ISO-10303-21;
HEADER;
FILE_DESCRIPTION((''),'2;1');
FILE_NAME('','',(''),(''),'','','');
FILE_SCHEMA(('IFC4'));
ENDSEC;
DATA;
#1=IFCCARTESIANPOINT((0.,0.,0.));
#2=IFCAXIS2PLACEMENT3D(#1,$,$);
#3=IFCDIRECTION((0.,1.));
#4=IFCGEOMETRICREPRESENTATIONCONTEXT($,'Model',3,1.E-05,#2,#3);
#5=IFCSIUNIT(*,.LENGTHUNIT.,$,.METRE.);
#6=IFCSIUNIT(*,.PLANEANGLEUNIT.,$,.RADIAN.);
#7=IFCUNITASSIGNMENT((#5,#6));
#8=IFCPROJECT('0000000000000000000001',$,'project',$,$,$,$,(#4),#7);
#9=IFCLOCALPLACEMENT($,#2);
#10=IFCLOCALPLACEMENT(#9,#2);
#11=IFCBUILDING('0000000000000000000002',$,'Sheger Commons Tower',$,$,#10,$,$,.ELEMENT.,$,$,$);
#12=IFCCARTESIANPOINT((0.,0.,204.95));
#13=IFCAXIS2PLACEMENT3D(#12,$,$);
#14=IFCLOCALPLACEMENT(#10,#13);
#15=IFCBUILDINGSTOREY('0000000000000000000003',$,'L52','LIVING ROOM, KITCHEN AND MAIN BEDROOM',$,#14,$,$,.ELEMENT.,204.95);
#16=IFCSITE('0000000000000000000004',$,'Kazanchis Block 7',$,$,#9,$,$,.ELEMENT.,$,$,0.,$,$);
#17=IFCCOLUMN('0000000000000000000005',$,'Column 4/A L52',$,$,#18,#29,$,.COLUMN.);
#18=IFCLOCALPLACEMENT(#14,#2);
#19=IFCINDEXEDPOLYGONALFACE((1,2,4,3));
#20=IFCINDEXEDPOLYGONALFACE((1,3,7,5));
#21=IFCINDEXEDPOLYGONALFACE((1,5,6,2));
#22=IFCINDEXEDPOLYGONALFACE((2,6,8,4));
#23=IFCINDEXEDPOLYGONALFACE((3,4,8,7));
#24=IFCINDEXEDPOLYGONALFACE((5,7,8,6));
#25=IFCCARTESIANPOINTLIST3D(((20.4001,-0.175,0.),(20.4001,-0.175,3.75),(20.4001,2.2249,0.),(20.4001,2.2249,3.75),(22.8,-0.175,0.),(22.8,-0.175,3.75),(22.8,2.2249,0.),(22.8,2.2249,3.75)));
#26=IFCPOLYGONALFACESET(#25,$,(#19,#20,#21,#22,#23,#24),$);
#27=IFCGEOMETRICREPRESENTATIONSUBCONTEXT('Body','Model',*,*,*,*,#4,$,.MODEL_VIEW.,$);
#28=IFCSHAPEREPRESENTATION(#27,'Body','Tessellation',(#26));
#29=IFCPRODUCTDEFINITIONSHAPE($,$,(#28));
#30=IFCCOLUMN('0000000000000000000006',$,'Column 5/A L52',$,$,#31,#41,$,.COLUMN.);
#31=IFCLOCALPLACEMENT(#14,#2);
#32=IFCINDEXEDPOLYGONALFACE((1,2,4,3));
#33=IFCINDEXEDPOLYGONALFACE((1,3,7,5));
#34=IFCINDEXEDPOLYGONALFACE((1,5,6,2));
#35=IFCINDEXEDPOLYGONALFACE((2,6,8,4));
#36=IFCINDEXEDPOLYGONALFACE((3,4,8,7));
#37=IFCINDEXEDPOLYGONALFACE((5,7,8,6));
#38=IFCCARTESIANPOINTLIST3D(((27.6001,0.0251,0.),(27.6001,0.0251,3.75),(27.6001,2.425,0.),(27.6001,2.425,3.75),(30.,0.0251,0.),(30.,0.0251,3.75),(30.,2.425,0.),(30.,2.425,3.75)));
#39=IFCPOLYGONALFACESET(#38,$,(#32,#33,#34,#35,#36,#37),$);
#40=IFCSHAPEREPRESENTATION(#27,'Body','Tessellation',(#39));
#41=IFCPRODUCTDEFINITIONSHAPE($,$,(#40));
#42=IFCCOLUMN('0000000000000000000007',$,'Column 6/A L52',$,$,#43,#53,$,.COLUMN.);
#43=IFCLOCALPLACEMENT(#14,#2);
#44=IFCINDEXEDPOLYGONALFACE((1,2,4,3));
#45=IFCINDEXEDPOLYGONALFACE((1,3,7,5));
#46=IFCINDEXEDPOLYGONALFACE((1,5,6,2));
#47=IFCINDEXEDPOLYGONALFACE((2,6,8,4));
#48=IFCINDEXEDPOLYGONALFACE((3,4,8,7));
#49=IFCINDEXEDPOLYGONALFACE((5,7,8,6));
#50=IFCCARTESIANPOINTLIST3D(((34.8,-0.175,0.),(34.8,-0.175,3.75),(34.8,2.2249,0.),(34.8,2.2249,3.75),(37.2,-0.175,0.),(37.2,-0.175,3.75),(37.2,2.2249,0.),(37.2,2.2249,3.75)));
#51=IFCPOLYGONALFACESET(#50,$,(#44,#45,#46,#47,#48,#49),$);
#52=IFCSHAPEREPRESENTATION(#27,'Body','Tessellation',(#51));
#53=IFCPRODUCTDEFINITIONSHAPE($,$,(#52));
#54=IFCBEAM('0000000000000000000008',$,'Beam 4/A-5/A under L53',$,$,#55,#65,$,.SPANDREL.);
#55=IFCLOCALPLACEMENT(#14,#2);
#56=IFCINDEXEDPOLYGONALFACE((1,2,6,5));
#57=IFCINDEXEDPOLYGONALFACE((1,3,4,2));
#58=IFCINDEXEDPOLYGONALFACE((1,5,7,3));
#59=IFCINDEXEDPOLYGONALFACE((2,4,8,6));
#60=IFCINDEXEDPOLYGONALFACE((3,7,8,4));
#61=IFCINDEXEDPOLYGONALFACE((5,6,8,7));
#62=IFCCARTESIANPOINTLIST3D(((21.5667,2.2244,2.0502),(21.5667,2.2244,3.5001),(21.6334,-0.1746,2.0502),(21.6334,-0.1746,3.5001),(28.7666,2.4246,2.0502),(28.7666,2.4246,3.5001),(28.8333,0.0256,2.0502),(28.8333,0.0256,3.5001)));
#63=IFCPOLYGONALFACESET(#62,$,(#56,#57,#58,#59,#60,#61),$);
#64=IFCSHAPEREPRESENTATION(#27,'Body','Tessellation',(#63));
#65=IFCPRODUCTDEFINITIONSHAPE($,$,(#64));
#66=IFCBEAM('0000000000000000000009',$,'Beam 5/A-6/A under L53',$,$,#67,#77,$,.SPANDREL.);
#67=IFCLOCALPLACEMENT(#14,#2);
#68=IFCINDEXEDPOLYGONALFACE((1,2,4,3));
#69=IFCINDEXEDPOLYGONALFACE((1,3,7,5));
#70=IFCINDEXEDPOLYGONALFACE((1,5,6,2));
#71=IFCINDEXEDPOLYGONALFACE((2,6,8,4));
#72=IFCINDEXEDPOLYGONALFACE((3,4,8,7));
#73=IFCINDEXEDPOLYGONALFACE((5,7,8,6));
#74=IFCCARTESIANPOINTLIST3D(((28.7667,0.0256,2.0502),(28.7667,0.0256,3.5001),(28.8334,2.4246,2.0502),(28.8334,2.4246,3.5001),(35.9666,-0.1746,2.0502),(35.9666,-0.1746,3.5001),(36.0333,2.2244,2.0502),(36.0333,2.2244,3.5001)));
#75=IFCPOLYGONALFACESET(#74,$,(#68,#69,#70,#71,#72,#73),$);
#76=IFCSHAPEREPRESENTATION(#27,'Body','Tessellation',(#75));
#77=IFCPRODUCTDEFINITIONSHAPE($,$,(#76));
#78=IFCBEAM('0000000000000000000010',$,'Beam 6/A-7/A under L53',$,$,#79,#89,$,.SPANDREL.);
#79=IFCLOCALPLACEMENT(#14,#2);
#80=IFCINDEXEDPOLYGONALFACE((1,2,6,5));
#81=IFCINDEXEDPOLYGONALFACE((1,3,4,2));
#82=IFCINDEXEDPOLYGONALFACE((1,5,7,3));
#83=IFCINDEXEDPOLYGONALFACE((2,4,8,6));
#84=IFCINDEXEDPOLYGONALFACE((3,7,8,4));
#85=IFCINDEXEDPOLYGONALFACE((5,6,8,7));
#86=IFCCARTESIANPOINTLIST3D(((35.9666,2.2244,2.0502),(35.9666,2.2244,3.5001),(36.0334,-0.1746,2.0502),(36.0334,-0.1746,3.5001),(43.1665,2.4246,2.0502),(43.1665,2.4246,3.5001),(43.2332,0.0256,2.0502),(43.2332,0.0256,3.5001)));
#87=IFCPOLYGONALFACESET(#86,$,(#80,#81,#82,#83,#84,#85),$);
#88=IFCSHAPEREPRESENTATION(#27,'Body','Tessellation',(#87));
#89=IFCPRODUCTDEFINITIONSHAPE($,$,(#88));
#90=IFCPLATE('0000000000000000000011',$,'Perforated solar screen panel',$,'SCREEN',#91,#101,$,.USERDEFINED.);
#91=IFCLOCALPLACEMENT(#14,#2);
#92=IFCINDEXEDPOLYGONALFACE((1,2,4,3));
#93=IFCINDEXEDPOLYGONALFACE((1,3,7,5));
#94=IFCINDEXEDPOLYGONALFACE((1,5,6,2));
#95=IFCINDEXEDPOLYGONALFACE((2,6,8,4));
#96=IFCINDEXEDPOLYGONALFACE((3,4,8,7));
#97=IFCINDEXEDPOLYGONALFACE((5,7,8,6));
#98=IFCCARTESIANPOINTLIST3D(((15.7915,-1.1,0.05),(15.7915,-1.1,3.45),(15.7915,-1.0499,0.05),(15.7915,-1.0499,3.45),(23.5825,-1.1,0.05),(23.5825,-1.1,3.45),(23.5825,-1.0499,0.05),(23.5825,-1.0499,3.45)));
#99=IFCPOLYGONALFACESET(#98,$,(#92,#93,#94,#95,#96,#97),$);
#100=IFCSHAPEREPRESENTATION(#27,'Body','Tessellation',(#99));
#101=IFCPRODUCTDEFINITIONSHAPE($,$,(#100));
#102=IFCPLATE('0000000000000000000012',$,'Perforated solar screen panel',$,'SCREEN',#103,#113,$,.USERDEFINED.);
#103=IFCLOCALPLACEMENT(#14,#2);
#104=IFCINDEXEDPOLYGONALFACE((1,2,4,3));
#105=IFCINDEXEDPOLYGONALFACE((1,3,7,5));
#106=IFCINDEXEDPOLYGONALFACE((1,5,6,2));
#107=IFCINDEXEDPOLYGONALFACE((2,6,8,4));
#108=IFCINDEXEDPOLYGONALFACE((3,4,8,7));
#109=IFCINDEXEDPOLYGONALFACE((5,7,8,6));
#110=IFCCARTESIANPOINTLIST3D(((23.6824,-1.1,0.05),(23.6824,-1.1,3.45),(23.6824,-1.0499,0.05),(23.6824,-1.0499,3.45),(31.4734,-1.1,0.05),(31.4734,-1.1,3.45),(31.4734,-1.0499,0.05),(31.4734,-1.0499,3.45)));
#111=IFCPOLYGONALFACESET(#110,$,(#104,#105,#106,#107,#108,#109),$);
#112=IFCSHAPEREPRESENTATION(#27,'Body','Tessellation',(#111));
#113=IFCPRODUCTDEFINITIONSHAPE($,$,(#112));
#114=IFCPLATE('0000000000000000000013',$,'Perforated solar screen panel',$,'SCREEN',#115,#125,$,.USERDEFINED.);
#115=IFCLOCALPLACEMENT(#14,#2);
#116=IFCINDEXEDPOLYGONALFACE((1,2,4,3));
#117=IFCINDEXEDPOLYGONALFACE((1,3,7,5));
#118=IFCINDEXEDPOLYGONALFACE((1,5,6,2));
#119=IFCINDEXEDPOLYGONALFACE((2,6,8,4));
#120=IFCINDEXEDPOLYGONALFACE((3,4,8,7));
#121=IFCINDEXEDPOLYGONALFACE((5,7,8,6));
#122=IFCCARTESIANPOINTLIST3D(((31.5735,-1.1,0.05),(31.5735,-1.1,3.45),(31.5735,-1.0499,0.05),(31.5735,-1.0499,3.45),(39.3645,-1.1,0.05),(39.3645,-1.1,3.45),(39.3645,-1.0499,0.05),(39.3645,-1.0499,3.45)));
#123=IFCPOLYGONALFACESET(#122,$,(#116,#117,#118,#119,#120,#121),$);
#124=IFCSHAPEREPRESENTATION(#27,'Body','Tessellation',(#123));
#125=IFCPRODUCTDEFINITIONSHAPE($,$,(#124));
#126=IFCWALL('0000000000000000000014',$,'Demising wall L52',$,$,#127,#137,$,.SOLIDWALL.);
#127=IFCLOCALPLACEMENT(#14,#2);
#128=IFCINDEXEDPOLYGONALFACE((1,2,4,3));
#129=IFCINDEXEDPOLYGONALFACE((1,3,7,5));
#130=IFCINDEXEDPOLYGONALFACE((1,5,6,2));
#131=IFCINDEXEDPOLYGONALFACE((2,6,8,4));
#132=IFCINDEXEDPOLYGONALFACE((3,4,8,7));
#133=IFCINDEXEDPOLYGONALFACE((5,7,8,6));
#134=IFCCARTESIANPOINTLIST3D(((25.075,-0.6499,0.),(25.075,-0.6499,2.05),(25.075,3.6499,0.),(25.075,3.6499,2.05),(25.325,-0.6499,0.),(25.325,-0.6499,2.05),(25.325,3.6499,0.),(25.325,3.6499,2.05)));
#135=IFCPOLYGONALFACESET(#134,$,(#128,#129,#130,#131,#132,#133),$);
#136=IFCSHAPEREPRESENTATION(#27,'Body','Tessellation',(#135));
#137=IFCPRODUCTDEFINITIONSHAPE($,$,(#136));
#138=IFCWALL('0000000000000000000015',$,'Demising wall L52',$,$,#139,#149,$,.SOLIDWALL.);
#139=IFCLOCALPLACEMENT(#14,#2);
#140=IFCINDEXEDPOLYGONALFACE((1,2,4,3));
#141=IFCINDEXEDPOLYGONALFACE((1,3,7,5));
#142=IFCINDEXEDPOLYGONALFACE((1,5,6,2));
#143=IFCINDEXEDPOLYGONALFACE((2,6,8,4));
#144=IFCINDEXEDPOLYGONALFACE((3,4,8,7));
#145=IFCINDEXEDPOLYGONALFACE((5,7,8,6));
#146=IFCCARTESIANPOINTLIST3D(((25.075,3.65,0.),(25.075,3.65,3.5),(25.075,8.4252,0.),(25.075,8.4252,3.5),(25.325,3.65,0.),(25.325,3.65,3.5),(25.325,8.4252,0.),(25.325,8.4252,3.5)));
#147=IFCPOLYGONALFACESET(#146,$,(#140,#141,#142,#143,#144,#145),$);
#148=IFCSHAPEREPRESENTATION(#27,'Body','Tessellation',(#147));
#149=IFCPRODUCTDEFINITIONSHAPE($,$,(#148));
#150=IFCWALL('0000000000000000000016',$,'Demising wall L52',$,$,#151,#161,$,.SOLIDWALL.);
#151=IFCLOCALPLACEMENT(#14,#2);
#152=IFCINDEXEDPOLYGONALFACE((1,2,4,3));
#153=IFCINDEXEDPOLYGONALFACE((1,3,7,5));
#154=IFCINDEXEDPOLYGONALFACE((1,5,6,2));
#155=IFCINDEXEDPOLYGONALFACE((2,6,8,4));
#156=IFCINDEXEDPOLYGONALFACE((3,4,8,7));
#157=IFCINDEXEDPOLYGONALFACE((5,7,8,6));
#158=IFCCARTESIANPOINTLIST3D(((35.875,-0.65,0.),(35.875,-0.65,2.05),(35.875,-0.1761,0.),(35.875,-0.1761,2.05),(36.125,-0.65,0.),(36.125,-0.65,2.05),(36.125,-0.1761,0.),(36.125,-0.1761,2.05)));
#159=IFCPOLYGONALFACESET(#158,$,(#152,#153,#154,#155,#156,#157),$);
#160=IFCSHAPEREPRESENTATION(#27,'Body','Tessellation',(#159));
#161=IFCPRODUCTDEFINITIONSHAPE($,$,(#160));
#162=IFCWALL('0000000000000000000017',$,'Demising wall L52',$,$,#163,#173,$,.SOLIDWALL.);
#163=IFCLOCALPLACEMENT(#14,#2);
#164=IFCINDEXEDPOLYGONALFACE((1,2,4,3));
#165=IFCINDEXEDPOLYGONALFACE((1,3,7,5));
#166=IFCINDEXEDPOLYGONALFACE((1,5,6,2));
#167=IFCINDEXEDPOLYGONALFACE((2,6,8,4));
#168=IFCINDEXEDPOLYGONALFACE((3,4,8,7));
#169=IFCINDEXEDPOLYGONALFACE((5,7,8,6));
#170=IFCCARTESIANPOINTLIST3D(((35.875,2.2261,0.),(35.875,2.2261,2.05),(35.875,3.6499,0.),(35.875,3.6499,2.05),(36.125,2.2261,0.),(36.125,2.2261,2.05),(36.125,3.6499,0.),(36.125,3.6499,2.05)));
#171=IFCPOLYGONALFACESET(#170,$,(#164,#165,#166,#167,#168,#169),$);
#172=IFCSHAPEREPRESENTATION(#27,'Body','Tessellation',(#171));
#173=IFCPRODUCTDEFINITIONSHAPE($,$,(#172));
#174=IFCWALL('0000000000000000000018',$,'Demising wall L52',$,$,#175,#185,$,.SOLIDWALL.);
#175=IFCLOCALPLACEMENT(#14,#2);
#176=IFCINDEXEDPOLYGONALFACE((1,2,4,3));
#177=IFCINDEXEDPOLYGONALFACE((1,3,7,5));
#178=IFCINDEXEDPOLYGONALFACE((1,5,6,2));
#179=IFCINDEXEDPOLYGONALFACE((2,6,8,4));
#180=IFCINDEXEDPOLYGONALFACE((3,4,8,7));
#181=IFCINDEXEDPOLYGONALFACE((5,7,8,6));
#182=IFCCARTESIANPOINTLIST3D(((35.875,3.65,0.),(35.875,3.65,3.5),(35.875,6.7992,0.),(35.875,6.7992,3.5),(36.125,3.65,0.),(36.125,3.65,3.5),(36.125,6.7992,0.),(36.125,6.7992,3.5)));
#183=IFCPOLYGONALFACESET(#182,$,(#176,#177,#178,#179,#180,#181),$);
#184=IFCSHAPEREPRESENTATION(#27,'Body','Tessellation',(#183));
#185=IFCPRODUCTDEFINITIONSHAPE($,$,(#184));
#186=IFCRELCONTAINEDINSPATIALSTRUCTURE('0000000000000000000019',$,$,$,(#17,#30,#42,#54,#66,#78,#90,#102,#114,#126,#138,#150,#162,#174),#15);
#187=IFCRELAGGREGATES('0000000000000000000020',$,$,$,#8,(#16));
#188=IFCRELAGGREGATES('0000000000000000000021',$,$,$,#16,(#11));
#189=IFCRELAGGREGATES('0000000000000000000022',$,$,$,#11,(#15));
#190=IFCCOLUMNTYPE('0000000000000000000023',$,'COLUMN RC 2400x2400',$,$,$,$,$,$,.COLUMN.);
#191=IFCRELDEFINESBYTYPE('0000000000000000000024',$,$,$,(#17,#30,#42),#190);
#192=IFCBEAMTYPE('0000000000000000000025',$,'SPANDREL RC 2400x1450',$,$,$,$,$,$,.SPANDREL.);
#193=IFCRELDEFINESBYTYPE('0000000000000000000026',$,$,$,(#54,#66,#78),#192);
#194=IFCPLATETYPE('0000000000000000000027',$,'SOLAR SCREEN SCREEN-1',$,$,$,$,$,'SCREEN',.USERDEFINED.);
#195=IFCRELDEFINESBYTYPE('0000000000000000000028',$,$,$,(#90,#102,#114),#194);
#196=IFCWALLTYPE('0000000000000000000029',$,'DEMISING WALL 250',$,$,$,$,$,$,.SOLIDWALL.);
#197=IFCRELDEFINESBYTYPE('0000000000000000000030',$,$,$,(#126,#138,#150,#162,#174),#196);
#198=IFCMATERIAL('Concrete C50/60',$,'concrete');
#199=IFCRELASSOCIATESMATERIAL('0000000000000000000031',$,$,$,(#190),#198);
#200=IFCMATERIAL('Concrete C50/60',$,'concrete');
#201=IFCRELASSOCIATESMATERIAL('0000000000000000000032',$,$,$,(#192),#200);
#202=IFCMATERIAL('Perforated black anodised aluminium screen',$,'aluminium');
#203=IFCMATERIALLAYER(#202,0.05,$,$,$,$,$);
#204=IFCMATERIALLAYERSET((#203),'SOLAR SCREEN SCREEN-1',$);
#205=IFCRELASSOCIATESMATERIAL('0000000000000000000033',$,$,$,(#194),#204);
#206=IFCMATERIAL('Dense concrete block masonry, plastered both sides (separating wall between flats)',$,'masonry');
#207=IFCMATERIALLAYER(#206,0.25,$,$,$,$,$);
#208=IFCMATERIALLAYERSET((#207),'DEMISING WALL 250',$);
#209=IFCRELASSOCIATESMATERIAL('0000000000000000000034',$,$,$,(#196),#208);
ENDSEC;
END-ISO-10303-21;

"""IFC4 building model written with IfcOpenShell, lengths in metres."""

from ifc_helpers import new_model, si_unit, direction, frame, frame_2d, origin, origin_2d, place, context, subcontext, project, spatial, rectangle, extrude, material, layer, layer_set, material_profile, profile_set, type_object, element, save


model = new_model("IFC4")

# Units and contexts
model_context = context("Model", 3, precision=1e-05, world=origin(), true_north=direction((0.0, 1.0)))
body_context = subcontext(model_context, "Body", "Model", "MODEL_VIEW")
ifc_project = project(units=[si_unit("LENGTHUNIT", "METRE"), si_unit("PLANEANGLEUNIT", "RADIAN")], contexts=[model_context])

# Site, building, storey
site_placement = place(None, origin())
site = spatial("IfcSite", under=ifc_project, at=site_placement, Name="Kazanchis Block 7", CompositionType="ELEMENT", RefElevation=0.0)
building_placement = place(site_placement, origin())
building = spatial("IfcBuilding", under=site, at=building_placement, Name="Sheger Commons Tower", CompositionType="ELEMENT")
storey_placement = place(building_placement, frame((0.0, 0.0, 204.95)))
storey = spatial("IfcBuildingStorey", under=building, at=storey_placement, Name="L52", Description="LIVING ROOM, KITCHEN AND MAIN BEDROOM", CompositionType="ELEMENT", Elevation=204.95)

# Columns
ifc_material_1 = material(Name="Concrete C50/60", Category="concrete")
ifc_material_profile_1 = material_profile(ifc_material_1, rectangle(XDim=2.3999, YDim=2.3999, at=origin_2d()), Name="RC 2400x2400")
ifc_profile_set_1 = profile_set([ifc_material_profile_1], Name="Concrete C50/60")
column_type = type_object("IfcColumnType", Name="COLUMN RC 2400x2400", PredefinedType="COLUMN", material=ifc_profile_set_1)
for number, where, z_axis, x_axis, name in (
    (1, (21.6001, 1.0249, 0.0), (0.0, 0.0, 1.0), (1.0, 0.0, 0.0), "Column 4/A L52"),
    (2, (28.8, 1.2251, 0.0), (0.0, 0.0, 1.0), (1.0, 0.0, 0.0), "Column 5/A L52"),
    (3, (36.0, 1.0249, 0.0), (0.0, 0.0, 1.0), (1.0, 0.0, 0.0), "Column 6/A L52"),
):
    element("IfcColumn", number, at=place(storey_placement, frame(where, z_axis=z_axis, x_axis=x_axis)), inside=storey, type_object=column_type, Name=name, PredefinedType="COLUMN", context=body_context, shape_type="SweptSolid", body=[
        extrude(rectangle(XDim=2.3999, YDim=2.3999, at=origin_2d()), origin(), (0.0, 0.0, 1.0), 3.75),
    ])

# Beams
ifc_material_2 = material(Name="Concrete C50/60", Category="concrete")
ifc_material_profile_2 = material_profile(ifc_material_2, rectangle(XDim=2.3999, YDim=1.45, at=origin_2d()), Name="RC 2400x1450")
ifc_profile_set_2 = profile_set([ifc_material_profile_2], Name="Concrete C50/60")
beam_type = type_object("IfcBeamType", Name="SPANDREL RC 2400x1450", PredefinedType="SPANDREL", material=ifc_profile_set_2)
for number, where, z_axis, x_axis, name in (
    (4, (21.6001, 1.0249, 2.7751), (0.999614, 0.027794, 0.0), (-0.027794, 0.999614, 0.0), "Beam 4/A-5/A under L53"),
    (5, (28.8, 1.2251, 2.7751), (0.999614, -0.027794, 0.0), (0.027794, 0.999614, 0.0), "Beam 5/A-6/A under L53"),
    (6, (36.0, 1.0249, 2.7751), (0.999614, 0.027794, 0.0), (-0.027794, 0.999614, 0.0), "Beam 6/A-7/A under L53"),
):
    element("IfcBeam", number, at=place(storey_placement, frame(where, z_axis=z_axis, x_axis=x_axis)), inside=storey, type_object=beam_type, Name=name, PredefinedType="SPANDREL", context=body_context, shape_type="SweptSolid", body=[
        extrude(rectangle(XDim=2.3999, YDim=1.45, at=origin_2d()), origin(), (0.0, 0.0, 1.0), 7.2026),
    ])

# Plates
ifc_material_3 = material(Name="Perforated black anodised aluminium screen", Category="aluminium")
ifc_layer_1 = layer(ifc_material_3, 0.05)
ifc_layer_set_1 = layer_set([ifc_layer_1], Name="SOLAR SCREEN SCREEN-1")
plate_type = type_object("IfcPlateType", Name="SOLAR SCREEN SCREEN-1", ElementType="SCREEN", PredefinedType="USERDEFINED", material=ifc_layer_set_1)
for number, where, z_axis, x_axis, name in (
    (7, (19.687, -1.075, 0.05), (0.0, 0.0, 1.0), (1.0, 0.0, 0.0), "Perforated solar screen panel"),
    (8, (27.5779, -1.075, 0.05), (0.0, 0.0, 1.0), (1.0, 0.0, 0.0), "Perforated solar screen panel"),
    (9, (35.469, -1.075, 0.05), (0.0, 0.0, 1.0), (1.0, 0.0, 0.0), "Perforated solar screen panel"),
):
    element("IfcPlate", number, at=place(storey_placement, frame(where, z_axis=z_axis, x_axis=x_axis)), inside=storey, type_object=plate_type, Name=name, ObjectType="SCREEN", PredefinedType="USERDEFINED", context=body_context, shape_type="SweptSolid", body=[
        extrude(rectangle(XDim=7.791, YDim=0.05, at=origin_2d()), origin(), (0.0, 0.0, 1.0), 3.3999),
    ])

# Walls
ifc_material_4 = material(Name="Dense concrete block masonry, plastered both sides (separating wall between flats)", Category="masonry")
ifc_layer_2 = layer(ifc_material_4, 0.25)
ifc_layer_set_2 = layer_set([ifc_layer_2], Name="DEMISING WALL 250")
wall_type_1 = type_object("IfcWallType", Name="DEMISING WALL 250", PredefinedType="SOLIDWALL", material=ifc_layer_set_2)
wall_1_placement = place(storey_placement, frame((25.2, -0.6499, 0.0), z_axis=(0.0, 0.0, 1.0), x_axis=(0.0, 1.0, 0.0)))
element("IfcWall", 10, at=wall_1_placement, inside=storey, type_object=wall_type_1, Name="Demising wall L52", PredefinedType="SOLIDWALL", context=body_context, shape_type="SweptSolid", body=[
    extrude(rectangle(XDim=4.2998, YDim=0.25, at=frame_2d((2.1499, 0.0))), origin(), (0.0, 0.0, 1.0), 2.05),
])
wall_2_placement = place(storey_placement, frame((25.2, 3.6499, 0.0), z_axis=(0.0, 0.0, 1.0), x_axis=(0.0, 1.0, 0.0)))
element("IfcWall", 11, at=wall_2_placement, inside=storey, type_object=wall_type_1, Name="Demising wall L52", PredefinedType="SOLIDWALL", context=body_context, shape_type="SweptSolid", body=[
    extrude(rectangle(XDim=4.7751, YDim=0.25, at=frame_2d((2.3877, 0.0))), origin(), (0.0, 0.0, 1.0), 3.5),
])
wall_3_placement = place(storey_placement, frame((36.0, -0.6499, 0.0), z_axis=(0.0, 0.0, 1.0), x_axis=(0.0, 1.0, 0.0)))
element("IfcWall", 12, at=wall_3_placement, inside=storey, type_object=wall_type_1, Name="Demising wall L52", PredefinedType="SOLIDWALL", context=body_context, shape_type="SweptSolid", body=[
    extrude(rectangle(XDim=0.4739, YDim=0.25, at=frame_2d((0.2368, 0.0))), origin(), (0.0, 0.0, 1.0), 2.05),
])
wall_4_placement = place(storey_placement, frame((36.0, 2.2261, 0.0), z_axis=(0.0, 0.0, 1.0), x_axis=(0.0, 1.0, 0.0)))
element("IfcWall", 13, at=wall_4_placement, inside=storey, type_object=wall_type_1, Name="Demising wall L52", PredefinedType="SOLIDWALL", context=body_context, shape_type="SweptSolid", body=[
    extrude(rectangle(XDim=1.4238, YDim=0.25, at=frame_2d((0.7119, 0.0))), origin(), (0.0, 0.0, 1.0), 2.05),
])
wall_5_placement = place(storey_placement, frame((36.0, 3.6499, 0.0), z_axis=(0.0, 0.0, 1.0), x_axis=(0.0, 1.0, 0.0)))
element("IfcWall", 14, at=wall_5_placement, inside=storey, type_object=wall_type_1, Name="Demising wall L52", PredefinedType="SOLIDWALL", context=body_context, shape_type="SweptSolid", body=[
    extrude(rectangle(XDim=3.1492, YDim=0.25, at=frame_2d((1.5747, 0.0))), origin(), (0.0, 0.0, 1.0), 3.5),
])

save(model, "model.ifc")
